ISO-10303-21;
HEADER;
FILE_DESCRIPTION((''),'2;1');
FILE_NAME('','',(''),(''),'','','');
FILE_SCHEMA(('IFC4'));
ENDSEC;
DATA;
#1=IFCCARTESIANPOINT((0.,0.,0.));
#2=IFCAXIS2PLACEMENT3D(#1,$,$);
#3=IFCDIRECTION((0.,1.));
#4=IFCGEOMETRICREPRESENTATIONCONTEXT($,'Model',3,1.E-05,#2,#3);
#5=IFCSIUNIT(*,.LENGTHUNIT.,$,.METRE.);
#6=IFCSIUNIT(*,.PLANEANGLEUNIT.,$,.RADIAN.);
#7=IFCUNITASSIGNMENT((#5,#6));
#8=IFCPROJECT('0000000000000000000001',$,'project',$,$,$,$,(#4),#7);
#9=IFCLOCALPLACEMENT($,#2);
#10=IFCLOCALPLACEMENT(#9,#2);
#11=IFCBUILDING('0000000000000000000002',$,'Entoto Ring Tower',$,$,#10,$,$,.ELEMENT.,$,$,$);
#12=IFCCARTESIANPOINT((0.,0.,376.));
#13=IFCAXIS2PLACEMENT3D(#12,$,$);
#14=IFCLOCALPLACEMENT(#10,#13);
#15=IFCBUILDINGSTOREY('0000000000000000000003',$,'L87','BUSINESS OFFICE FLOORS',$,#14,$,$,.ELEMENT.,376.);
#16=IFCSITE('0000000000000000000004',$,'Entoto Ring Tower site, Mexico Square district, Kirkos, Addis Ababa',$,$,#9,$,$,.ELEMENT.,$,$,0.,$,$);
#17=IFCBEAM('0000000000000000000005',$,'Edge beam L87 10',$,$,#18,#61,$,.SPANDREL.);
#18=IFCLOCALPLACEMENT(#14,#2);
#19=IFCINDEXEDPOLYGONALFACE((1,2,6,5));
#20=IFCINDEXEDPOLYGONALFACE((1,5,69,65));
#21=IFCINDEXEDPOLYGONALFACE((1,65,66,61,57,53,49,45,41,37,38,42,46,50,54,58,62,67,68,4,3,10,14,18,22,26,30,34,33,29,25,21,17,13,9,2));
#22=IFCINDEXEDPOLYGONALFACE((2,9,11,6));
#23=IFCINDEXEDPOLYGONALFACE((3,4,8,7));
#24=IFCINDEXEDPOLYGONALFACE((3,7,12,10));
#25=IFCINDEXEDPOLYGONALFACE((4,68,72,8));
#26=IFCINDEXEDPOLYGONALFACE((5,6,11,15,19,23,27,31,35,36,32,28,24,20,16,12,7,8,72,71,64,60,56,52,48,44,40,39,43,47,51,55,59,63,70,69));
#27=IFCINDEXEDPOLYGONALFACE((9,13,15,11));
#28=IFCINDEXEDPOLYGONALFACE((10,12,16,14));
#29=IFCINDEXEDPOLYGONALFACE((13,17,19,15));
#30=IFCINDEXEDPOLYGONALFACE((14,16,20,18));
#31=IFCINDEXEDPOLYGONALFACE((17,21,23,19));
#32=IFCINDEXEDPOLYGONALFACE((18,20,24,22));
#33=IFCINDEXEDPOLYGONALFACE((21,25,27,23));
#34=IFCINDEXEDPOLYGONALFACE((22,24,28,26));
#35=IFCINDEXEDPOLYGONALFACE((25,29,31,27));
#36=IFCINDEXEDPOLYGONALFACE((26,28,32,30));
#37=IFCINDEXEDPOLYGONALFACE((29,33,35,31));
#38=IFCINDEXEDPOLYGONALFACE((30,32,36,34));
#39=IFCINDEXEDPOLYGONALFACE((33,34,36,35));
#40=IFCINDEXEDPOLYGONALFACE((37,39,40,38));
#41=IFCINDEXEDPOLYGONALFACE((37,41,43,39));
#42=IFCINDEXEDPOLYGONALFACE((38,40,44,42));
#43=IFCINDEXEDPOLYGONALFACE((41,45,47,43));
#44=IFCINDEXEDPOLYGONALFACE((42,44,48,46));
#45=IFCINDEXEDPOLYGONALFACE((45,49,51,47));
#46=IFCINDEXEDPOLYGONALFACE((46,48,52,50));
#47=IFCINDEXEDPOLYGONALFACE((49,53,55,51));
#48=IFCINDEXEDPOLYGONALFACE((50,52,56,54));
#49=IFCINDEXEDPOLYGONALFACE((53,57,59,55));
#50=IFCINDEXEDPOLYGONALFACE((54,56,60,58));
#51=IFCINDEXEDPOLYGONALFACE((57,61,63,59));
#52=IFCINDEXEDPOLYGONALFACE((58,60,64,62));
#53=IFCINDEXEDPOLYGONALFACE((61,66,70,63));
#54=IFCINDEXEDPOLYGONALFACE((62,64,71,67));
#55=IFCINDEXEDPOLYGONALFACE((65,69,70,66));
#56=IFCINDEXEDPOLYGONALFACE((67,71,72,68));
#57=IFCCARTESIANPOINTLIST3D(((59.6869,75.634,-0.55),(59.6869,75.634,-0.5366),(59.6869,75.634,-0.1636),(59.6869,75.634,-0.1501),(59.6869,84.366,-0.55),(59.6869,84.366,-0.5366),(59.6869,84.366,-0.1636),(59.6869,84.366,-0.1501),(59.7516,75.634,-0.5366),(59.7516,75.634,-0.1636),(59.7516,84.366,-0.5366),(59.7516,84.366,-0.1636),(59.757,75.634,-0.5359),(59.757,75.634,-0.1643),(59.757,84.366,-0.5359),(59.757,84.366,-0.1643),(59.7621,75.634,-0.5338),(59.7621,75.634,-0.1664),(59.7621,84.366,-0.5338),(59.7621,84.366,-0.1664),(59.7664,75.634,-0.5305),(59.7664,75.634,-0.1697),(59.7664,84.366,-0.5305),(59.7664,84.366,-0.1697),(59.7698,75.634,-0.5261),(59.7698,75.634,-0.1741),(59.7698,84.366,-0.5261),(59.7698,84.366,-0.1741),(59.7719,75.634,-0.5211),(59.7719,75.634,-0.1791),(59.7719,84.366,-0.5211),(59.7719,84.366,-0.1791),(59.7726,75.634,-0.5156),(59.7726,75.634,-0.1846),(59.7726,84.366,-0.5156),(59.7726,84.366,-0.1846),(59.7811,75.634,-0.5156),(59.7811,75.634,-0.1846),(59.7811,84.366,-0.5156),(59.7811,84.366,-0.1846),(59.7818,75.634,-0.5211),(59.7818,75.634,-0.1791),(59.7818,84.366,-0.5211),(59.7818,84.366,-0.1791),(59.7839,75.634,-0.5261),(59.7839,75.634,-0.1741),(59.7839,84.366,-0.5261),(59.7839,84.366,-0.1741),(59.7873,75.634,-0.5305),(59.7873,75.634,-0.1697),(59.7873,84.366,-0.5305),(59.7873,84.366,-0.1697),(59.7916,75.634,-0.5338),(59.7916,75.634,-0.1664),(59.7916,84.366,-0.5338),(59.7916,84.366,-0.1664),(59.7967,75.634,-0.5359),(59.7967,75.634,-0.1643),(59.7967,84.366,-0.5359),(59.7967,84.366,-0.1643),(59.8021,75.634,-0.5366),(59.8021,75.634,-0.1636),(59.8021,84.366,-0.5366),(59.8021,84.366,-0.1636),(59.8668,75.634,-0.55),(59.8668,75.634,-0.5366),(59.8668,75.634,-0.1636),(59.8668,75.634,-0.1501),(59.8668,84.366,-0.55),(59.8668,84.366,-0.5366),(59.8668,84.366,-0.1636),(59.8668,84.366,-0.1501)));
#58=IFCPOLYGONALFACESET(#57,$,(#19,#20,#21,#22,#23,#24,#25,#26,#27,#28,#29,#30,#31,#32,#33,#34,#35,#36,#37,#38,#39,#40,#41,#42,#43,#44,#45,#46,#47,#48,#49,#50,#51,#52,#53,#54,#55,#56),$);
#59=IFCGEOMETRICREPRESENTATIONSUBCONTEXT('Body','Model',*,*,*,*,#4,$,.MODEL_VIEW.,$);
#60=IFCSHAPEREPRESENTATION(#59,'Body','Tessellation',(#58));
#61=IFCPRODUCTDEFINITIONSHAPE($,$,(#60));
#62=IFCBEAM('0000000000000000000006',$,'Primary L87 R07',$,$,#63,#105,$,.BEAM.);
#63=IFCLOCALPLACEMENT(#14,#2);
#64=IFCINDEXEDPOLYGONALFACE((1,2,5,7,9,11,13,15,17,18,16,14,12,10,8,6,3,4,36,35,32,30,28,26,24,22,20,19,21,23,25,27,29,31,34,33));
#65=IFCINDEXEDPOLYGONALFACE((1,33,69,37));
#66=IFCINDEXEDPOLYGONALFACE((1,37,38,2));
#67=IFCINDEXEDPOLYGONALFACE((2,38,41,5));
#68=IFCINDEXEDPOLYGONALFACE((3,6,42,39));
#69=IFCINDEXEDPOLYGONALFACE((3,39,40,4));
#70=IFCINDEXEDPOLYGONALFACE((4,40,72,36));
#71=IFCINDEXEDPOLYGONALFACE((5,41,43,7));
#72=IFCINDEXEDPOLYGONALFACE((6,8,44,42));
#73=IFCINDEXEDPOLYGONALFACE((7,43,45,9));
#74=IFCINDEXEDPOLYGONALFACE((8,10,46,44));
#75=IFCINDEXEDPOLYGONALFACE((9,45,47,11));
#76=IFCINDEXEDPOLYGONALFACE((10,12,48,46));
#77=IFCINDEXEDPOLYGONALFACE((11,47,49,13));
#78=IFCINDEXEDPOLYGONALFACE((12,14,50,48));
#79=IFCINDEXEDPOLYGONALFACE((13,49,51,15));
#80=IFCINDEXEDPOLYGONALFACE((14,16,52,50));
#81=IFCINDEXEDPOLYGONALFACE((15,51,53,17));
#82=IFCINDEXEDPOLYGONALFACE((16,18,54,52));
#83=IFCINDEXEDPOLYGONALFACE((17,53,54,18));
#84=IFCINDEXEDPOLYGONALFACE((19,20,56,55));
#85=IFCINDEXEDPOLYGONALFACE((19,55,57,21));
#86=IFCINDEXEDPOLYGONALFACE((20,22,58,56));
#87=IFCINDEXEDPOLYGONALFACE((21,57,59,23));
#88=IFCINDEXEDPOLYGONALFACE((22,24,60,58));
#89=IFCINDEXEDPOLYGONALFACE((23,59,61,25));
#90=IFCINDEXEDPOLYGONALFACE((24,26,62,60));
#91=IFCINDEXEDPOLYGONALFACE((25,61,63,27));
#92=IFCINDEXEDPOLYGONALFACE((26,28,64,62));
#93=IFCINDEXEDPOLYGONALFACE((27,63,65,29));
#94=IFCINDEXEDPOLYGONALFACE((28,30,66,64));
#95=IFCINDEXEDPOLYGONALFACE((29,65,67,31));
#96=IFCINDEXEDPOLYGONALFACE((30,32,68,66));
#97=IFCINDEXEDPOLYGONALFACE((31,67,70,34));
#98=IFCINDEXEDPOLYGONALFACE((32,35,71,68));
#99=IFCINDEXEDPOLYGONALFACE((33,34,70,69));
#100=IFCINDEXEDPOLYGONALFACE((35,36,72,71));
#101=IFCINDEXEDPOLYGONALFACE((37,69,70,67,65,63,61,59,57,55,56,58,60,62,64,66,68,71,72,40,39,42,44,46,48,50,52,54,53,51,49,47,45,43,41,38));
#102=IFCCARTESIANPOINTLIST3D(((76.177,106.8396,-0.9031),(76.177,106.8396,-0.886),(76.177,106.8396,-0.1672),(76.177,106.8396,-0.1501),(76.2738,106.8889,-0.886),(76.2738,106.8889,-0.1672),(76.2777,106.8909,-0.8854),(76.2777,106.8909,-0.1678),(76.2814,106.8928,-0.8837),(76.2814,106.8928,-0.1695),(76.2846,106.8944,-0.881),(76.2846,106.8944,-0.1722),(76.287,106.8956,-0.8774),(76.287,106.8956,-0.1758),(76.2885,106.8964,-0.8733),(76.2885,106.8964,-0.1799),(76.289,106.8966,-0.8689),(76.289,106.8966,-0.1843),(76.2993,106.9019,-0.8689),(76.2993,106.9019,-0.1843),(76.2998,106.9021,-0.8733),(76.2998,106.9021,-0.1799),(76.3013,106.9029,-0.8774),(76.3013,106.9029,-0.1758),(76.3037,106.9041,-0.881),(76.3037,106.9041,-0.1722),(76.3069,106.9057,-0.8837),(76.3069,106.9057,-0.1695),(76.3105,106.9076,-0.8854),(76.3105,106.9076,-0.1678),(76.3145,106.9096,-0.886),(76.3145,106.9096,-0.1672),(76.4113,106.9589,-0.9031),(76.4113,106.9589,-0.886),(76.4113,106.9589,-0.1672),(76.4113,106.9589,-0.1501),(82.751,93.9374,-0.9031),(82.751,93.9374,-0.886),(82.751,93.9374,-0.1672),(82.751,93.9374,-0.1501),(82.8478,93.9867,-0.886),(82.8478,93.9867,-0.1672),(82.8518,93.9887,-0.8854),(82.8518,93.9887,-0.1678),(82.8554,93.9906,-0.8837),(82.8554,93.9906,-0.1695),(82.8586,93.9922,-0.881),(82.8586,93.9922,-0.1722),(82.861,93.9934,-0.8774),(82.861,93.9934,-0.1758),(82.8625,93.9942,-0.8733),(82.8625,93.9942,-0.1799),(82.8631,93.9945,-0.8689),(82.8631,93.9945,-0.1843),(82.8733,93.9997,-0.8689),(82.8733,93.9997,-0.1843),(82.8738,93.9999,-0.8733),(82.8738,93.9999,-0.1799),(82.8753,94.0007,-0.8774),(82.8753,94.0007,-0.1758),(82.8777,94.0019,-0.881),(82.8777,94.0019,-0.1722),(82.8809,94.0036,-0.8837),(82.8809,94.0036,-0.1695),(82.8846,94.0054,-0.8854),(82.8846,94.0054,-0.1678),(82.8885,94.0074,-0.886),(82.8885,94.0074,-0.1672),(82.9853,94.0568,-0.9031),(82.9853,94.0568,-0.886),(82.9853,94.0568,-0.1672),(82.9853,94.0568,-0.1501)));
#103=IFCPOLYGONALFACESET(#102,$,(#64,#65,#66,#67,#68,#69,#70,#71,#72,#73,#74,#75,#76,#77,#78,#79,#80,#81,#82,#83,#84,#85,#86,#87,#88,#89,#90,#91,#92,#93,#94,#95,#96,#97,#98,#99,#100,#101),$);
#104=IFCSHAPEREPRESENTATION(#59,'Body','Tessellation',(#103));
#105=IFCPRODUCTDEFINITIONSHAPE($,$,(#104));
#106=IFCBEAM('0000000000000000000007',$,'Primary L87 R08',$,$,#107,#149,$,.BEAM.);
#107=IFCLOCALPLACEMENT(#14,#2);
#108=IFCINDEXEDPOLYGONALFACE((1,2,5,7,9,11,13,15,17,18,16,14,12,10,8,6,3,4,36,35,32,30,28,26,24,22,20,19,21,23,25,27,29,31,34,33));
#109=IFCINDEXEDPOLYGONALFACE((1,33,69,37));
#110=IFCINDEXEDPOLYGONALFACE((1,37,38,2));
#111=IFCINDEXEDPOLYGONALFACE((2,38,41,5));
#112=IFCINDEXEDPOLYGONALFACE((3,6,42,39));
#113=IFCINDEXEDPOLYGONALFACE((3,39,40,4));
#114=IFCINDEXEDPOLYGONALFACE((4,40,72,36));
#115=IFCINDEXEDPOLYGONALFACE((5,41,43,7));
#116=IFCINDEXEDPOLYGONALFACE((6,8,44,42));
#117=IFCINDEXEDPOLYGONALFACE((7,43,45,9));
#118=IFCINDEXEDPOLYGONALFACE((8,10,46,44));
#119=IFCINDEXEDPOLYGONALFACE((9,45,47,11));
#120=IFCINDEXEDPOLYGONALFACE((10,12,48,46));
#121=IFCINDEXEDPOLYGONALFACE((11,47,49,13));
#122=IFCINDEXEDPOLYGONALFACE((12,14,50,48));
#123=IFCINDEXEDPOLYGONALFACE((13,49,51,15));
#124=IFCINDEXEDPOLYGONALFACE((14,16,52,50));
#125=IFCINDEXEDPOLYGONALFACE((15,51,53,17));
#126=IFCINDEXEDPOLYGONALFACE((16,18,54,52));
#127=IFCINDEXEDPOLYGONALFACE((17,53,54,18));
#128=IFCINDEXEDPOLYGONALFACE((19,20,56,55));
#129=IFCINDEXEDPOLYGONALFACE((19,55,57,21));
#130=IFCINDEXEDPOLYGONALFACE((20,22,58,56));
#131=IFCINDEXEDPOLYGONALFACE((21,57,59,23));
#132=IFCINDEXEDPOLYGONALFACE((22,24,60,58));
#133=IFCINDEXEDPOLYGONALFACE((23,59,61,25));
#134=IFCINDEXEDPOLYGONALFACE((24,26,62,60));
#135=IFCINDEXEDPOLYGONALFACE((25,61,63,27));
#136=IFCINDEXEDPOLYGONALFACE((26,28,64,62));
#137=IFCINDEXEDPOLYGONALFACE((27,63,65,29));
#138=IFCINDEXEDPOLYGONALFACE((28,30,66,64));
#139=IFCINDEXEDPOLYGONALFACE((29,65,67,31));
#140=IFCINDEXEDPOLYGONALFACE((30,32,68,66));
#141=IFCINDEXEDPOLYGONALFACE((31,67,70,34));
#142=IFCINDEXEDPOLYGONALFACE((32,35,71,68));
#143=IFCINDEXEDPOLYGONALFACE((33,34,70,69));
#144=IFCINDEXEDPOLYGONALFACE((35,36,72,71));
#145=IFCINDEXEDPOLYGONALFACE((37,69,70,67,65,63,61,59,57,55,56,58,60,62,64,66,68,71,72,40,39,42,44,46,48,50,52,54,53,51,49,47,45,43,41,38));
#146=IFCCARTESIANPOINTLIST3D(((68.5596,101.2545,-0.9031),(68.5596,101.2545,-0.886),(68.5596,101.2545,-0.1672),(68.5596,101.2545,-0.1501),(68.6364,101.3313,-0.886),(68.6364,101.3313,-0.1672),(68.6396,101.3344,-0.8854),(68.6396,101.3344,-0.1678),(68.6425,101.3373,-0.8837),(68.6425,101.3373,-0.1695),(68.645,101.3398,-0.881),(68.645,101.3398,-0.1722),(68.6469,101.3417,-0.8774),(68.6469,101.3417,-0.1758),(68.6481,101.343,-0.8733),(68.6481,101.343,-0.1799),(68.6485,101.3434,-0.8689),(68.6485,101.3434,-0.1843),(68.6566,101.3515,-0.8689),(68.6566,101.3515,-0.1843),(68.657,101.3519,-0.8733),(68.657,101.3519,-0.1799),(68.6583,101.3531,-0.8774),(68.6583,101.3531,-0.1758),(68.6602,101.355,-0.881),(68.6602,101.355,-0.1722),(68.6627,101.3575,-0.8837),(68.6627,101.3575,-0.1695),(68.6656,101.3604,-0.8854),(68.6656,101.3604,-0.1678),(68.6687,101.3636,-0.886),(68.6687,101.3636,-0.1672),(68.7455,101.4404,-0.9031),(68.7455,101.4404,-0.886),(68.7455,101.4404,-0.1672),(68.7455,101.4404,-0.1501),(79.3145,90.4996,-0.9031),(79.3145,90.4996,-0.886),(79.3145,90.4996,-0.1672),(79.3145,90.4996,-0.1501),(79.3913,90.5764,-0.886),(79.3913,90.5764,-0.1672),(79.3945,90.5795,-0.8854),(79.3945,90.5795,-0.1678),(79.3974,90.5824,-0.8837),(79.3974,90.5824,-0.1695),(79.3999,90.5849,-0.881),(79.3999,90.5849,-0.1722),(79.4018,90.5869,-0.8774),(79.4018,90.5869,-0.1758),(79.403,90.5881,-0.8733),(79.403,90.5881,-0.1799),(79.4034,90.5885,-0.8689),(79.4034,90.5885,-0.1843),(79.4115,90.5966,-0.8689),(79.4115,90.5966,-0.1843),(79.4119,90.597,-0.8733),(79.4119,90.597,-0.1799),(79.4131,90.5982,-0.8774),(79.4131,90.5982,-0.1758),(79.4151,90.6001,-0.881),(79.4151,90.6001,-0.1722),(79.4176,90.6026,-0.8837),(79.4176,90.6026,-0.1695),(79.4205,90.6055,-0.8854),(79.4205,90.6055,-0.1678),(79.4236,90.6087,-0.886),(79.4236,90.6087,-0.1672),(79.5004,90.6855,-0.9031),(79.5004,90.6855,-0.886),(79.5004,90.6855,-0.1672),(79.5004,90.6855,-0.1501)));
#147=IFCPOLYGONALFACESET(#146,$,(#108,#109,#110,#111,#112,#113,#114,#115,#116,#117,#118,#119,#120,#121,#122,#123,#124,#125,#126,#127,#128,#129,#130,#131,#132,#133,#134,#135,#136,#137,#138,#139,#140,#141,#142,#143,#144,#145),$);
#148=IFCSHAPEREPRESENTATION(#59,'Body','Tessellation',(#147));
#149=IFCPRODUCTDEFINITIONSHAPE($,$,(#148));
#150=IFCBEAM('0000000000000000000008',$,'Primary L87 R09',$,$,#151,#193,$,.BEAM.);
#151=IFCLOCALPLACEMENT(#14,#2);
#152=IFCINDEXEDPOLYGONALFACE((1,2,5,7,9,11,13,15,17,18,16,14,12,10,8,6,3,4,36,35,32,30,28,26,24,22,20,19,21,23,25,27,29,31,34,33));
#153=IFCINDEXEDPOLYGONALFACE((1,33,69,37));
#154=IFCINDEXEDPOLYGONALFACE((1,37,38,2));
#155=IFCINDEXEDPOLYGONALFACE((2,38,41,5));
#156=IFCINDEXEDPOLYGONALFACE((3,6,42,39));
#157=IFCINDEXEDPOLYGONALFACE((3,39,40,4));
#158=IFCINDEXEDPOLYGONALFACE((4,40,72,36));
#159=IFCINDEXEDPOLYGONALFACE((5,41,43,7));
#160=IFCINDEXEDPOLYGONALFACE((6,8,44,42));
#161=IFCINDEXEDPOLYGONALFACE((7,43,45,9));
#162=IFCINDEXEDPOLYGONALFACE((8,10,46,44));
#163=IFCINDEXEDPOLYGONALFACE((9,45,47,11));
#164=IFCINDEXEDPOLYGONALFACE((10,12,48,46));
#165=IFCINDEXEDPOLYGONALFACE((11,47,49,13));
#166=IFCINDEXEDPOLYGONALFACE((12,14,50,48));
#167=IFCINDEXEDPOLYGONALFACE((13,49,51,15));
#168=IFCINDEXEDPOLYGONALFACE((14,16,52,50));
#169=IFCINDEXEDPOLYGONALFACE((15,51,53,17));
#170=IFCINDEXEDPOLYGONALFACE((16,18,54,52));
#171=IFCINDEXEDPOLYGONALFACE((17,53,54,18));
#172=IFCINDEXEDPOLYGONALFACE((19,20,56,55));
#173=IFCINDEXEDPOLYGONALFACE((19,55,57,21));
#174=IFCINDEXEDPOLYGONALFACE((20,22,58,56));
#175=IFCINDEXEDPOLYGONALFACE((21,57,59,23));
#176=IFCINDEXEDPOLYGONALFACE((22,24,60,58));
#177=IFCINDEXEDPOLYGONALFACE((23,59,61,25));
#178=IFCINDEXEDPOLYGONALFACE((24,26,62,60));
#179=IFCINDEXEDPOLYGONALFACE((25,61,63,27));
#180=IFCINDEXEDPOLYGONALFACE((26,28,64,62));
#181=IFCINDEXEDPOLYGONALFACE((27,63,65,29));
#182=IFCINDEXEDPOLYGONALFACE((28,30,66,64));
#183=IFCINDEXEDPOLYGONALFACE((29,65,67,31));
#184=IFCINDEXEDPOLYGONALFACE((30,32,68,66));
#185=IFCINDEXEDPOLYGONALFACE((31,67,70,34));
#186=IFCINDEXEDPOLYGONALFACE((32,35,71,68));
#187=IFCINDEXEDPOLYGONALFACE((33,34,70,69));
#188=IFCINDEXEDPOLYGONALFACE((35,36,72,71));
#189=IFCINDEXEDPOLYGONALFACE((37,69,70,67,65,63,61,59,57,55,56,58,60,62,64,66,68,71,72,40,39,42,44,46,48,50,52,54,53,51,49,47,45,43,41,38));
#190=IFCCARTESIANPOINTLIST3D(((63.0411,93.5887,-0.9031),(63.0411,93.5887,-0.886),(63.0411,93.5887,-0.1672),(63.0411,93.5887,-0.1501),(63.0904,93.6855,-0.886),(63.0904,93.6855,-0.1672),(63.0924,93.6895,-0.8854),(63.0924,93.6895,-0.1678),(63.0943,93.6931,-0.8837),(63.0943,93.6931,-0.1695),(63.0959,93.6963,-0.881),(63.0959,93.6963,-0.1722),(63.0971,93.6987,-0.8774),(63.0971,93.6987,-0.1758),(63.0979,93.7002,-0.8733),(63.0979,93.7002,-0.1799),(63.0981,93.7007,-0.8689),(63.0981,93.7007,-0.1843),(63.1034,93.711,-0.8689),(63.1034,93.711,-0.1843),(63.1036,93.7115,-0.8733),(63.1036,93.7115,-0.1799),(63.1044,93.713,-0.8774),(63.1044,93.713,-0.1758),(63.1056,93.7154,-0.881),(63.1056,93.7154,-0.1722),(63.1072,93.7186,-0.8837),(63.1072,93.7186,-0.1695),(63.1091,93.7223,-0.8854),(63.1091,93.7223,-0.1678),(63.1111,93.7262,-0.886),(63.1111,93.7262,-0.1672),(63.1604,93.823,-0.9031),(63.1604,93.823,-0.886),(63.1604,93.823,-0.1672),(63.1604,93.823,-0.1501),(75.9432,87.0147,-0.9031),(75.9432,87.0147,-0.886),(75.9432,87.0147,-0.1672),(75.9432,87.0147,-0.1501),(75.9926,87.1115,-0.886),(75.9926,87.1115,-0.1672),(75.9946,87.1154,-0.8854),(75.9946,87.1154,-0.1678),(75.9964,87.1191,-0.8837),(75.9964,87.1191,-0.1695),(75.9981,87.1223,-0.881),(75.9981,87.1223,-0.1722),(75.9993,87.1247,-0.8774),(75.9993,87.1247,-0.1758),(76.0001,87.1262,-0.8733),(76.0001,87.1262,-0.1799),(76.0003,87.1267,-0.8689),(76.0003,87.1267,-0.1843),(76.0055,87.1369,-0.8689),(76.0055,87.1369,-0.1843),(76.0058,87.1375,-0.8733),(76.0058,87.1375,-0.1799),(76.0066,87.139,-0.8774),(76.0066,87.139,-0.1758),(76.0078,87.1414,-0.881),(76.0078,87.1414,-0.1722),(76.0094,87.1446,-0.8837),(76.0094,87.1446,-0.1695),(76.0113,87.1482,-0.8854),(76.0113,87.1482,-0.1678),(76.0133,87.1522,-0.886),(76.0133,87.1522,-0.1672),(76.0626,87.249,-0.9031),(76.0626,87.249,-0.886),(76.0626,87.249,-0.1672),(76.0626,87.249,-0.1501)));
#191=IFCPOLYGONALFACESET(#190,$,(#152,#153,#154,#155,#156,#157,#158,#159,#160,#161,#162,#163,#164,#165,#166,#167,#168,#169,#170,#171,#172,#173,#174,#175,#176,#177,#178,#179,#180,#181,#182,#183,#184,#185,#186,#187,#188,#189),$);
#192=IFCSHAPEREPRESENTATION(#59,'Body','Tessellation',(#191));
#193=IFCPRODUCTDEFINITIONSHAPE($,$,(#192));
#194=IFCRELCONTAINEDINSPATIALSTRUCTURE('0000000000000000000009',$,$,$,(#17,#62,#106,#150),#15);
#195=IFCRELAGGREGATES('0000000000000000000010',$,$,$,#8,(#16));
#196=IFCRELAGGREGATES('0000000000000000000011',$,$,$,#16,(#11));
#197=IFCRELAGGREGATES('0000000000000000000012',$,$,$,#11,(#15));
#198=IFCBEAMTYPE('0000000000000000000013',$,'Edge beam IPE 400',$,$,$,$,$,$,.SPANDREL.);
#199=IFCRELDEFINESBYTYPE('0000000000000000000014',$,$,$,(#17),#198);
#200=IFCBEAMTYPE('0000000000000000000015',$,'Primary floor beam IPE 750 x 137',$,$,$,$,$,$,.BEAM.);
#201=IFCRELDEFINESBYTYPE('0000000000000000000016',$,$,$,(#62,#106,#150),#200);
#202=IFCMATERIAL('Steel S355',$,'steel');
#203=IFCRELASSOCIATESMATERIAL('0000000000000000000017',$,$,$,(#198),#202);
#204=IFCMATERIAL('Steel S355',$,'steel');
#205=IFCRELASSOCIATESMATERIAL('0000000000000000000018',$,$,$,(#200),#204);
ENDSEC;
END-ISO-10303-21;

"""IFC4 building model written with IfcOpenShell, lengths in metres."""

from ifc_helpers import new_model, si_unit, direction, frame, origin, origin_2d, place, context, subcontext, project, spatial, i_section, extrude, material, material_profile, profile_set, type_object, element, save


model = new_model("IFC4")

# Units and contexts
model_context = context("Model", 3, precision=1e-05, world=origin(), true_north=direction((0.0, 1.0)))
body_context = subcontext(model_context, "Body", "Model", "MODEL_VIEW")
ifc_project = project(units=[si_unit("LENGTHUNIT", "METRE"), si_unit("PLANEANGLEUNIT", "RADIAN")], contexts=[model_context])

# Site, building, storey
site_placement = place(None, origin())
site = spatial("IfcSite", under=ifc_project, at=site_placement, Name="Entoto Ring Tower site, Mexico Square district, Kirkos, Addis Ababa", CompositionType="ELEMENT", RefElevation=0.0)
building_placement = place(site_placement, origin())
building = spatial("IfcBuilding", under=site, at=building_placement, Name="Entoto Ring Tower", CompositionType="ELEMENT")
storey_placement = place(building_placement, frame((0.0, 0.0, 376.0)))
storey = spatial("IfcBuildingStorey", under=building, at=storey_placement, Name="L87", Description="BUSINESS OFFICE FLOORS", CompositionType="ELEMENT", Elevation=376.0)

# Beams
ifc_material_1 = material(Name="Steel S355", Category="steel")
ifc_material_profile_1 = material_profile(ifc_material_1, i_section(OverallWidth=0.1799, OverallDepth=0.3999, WebThickness=0.0085, FlangeThickness=0.0134, FilletRadius=0.021, at=origin_2d()), Name="IPE 400")
ifc_profile_set_1 = profile_set([ifc_material_profile_1], Name="Steel S355")
beam_type_1 = type_object("IfcBeamType", Name="Edge beam IPE 400", PredefinedType="SPANDREL", material=ifc_profile_set_1)
beam_1_placement = place(storey_placement, frame((59.7769, 84.366, -0.3501), z_axis=(0.0, -1.0, 0.0), x_axis=(1.0, 0.0, 0.0)))
element("IfcBeam", 1, at=beam_1_placement, inside=storey, type_object=beam_type_1, Name="Edge beam L87 10", PredefinedType="SPANDREL", context=body_context, shape_type="SweptSolid", body=[
    extrude(i_section(OverallWidth=0.1799, OverallDepth=0.3999, WebThickness=0.0085, FlangeThickness=0.0134, FilletRadius=0.021, at=origin_2d()), origin(), (0.0, 0.0, 1.0), 8.7319),
])
ifc_material_2 = material(Name="Steel S355", Category="steel")
ifc_material_profile_2 = material_profile(ifc_material_2, i_section(OverallWidth=0.2629, OverallDepth=0.7529, WebThickness=0.0115, FlangeThickness=0.0171, FilletRadius=0.0171, at=origin_2d()), Name="IPE 750 x 137")
ifc_profile_set_2 = profile_set([ifc_material_profile_2], Name="Steel S355")
beam_type_2 = type_object("IfcBeamType", Name="Primary floor beam IPE 750 x 137", PredefinedType="BEAM", material=ifc_profile_set_2)
beam_2_placement = place(storey_placement, frame((82.8682, 93.9971, -0.5266), z_axis=(-0.453992, 0.891006, 0.0), x_axis=(-0.891006, -0.453992, 0.0)))
element("IfcBeam", 2, at=beam_2_placement, inside=storey, type_object=beam_type_2, Name="Primary L87 R07", PredefinedType="BEAM", context=body_context, shape_type="SweptSolid", body=[
    extrude(i_section(OverallWidth=0.2629, OverallDepth=0.7529, WebThickness=0.0115, FlangeThickness=0.0171, FilletRadius=0.0171, at=origin_2d()), origin(), (0.0, 0.0, 1.0), 14.4805),
])
beam_3_placement = place(storey_placement, frame((79.4075, 90.5925, -0.5266), z_axis=(-0.707107, 0.707107, 0.0), x_axis=(-0.707107, -0.707107, 0.0)))
element("IfcBeam", 3, at=beam_3_placement, inside=storey, type_object=beam_type_2, Name="Primary L87 R08", PredefinedType="BEAM", context=body_context, shape_type="SweptSolid", body=[
    extrude(i_section(OverallWidth=0.2629, OverallDepth=0.7529, WebThickness=0.0115, FlangeThickness=0.0171, FilletRadius=0.0171, at=origin_2d()), origin(), (0.0, 0.0, 1.0), 15.2097),
])
beam_4_placement = place(storey_placement, frame((76.0029, 87.1318, -0.5266), z_axis=(-0.891006, 0.453992, 0.0), x_axis=(-0.453992, -0.891006, 0.0)))
element("IfcBeam", 4, at=beam_4_placement, inside=storey, type_object=beam_type_2, Name="Primary L87 R09", PredefinedType="BEAM", context=body_context, shape_type="SweptSolid", body=[
    extrude(i_section(OverallWidth=0.2629, OverallDepth=0.7529, WebThickness=0.0115, FlangeThickness=0.0171, FilletRadius=0.0171, at=origin_2d()), origin(), (0.0, 0.0, 1.0), 14.4805),
])

save(model, "model.ifc")
